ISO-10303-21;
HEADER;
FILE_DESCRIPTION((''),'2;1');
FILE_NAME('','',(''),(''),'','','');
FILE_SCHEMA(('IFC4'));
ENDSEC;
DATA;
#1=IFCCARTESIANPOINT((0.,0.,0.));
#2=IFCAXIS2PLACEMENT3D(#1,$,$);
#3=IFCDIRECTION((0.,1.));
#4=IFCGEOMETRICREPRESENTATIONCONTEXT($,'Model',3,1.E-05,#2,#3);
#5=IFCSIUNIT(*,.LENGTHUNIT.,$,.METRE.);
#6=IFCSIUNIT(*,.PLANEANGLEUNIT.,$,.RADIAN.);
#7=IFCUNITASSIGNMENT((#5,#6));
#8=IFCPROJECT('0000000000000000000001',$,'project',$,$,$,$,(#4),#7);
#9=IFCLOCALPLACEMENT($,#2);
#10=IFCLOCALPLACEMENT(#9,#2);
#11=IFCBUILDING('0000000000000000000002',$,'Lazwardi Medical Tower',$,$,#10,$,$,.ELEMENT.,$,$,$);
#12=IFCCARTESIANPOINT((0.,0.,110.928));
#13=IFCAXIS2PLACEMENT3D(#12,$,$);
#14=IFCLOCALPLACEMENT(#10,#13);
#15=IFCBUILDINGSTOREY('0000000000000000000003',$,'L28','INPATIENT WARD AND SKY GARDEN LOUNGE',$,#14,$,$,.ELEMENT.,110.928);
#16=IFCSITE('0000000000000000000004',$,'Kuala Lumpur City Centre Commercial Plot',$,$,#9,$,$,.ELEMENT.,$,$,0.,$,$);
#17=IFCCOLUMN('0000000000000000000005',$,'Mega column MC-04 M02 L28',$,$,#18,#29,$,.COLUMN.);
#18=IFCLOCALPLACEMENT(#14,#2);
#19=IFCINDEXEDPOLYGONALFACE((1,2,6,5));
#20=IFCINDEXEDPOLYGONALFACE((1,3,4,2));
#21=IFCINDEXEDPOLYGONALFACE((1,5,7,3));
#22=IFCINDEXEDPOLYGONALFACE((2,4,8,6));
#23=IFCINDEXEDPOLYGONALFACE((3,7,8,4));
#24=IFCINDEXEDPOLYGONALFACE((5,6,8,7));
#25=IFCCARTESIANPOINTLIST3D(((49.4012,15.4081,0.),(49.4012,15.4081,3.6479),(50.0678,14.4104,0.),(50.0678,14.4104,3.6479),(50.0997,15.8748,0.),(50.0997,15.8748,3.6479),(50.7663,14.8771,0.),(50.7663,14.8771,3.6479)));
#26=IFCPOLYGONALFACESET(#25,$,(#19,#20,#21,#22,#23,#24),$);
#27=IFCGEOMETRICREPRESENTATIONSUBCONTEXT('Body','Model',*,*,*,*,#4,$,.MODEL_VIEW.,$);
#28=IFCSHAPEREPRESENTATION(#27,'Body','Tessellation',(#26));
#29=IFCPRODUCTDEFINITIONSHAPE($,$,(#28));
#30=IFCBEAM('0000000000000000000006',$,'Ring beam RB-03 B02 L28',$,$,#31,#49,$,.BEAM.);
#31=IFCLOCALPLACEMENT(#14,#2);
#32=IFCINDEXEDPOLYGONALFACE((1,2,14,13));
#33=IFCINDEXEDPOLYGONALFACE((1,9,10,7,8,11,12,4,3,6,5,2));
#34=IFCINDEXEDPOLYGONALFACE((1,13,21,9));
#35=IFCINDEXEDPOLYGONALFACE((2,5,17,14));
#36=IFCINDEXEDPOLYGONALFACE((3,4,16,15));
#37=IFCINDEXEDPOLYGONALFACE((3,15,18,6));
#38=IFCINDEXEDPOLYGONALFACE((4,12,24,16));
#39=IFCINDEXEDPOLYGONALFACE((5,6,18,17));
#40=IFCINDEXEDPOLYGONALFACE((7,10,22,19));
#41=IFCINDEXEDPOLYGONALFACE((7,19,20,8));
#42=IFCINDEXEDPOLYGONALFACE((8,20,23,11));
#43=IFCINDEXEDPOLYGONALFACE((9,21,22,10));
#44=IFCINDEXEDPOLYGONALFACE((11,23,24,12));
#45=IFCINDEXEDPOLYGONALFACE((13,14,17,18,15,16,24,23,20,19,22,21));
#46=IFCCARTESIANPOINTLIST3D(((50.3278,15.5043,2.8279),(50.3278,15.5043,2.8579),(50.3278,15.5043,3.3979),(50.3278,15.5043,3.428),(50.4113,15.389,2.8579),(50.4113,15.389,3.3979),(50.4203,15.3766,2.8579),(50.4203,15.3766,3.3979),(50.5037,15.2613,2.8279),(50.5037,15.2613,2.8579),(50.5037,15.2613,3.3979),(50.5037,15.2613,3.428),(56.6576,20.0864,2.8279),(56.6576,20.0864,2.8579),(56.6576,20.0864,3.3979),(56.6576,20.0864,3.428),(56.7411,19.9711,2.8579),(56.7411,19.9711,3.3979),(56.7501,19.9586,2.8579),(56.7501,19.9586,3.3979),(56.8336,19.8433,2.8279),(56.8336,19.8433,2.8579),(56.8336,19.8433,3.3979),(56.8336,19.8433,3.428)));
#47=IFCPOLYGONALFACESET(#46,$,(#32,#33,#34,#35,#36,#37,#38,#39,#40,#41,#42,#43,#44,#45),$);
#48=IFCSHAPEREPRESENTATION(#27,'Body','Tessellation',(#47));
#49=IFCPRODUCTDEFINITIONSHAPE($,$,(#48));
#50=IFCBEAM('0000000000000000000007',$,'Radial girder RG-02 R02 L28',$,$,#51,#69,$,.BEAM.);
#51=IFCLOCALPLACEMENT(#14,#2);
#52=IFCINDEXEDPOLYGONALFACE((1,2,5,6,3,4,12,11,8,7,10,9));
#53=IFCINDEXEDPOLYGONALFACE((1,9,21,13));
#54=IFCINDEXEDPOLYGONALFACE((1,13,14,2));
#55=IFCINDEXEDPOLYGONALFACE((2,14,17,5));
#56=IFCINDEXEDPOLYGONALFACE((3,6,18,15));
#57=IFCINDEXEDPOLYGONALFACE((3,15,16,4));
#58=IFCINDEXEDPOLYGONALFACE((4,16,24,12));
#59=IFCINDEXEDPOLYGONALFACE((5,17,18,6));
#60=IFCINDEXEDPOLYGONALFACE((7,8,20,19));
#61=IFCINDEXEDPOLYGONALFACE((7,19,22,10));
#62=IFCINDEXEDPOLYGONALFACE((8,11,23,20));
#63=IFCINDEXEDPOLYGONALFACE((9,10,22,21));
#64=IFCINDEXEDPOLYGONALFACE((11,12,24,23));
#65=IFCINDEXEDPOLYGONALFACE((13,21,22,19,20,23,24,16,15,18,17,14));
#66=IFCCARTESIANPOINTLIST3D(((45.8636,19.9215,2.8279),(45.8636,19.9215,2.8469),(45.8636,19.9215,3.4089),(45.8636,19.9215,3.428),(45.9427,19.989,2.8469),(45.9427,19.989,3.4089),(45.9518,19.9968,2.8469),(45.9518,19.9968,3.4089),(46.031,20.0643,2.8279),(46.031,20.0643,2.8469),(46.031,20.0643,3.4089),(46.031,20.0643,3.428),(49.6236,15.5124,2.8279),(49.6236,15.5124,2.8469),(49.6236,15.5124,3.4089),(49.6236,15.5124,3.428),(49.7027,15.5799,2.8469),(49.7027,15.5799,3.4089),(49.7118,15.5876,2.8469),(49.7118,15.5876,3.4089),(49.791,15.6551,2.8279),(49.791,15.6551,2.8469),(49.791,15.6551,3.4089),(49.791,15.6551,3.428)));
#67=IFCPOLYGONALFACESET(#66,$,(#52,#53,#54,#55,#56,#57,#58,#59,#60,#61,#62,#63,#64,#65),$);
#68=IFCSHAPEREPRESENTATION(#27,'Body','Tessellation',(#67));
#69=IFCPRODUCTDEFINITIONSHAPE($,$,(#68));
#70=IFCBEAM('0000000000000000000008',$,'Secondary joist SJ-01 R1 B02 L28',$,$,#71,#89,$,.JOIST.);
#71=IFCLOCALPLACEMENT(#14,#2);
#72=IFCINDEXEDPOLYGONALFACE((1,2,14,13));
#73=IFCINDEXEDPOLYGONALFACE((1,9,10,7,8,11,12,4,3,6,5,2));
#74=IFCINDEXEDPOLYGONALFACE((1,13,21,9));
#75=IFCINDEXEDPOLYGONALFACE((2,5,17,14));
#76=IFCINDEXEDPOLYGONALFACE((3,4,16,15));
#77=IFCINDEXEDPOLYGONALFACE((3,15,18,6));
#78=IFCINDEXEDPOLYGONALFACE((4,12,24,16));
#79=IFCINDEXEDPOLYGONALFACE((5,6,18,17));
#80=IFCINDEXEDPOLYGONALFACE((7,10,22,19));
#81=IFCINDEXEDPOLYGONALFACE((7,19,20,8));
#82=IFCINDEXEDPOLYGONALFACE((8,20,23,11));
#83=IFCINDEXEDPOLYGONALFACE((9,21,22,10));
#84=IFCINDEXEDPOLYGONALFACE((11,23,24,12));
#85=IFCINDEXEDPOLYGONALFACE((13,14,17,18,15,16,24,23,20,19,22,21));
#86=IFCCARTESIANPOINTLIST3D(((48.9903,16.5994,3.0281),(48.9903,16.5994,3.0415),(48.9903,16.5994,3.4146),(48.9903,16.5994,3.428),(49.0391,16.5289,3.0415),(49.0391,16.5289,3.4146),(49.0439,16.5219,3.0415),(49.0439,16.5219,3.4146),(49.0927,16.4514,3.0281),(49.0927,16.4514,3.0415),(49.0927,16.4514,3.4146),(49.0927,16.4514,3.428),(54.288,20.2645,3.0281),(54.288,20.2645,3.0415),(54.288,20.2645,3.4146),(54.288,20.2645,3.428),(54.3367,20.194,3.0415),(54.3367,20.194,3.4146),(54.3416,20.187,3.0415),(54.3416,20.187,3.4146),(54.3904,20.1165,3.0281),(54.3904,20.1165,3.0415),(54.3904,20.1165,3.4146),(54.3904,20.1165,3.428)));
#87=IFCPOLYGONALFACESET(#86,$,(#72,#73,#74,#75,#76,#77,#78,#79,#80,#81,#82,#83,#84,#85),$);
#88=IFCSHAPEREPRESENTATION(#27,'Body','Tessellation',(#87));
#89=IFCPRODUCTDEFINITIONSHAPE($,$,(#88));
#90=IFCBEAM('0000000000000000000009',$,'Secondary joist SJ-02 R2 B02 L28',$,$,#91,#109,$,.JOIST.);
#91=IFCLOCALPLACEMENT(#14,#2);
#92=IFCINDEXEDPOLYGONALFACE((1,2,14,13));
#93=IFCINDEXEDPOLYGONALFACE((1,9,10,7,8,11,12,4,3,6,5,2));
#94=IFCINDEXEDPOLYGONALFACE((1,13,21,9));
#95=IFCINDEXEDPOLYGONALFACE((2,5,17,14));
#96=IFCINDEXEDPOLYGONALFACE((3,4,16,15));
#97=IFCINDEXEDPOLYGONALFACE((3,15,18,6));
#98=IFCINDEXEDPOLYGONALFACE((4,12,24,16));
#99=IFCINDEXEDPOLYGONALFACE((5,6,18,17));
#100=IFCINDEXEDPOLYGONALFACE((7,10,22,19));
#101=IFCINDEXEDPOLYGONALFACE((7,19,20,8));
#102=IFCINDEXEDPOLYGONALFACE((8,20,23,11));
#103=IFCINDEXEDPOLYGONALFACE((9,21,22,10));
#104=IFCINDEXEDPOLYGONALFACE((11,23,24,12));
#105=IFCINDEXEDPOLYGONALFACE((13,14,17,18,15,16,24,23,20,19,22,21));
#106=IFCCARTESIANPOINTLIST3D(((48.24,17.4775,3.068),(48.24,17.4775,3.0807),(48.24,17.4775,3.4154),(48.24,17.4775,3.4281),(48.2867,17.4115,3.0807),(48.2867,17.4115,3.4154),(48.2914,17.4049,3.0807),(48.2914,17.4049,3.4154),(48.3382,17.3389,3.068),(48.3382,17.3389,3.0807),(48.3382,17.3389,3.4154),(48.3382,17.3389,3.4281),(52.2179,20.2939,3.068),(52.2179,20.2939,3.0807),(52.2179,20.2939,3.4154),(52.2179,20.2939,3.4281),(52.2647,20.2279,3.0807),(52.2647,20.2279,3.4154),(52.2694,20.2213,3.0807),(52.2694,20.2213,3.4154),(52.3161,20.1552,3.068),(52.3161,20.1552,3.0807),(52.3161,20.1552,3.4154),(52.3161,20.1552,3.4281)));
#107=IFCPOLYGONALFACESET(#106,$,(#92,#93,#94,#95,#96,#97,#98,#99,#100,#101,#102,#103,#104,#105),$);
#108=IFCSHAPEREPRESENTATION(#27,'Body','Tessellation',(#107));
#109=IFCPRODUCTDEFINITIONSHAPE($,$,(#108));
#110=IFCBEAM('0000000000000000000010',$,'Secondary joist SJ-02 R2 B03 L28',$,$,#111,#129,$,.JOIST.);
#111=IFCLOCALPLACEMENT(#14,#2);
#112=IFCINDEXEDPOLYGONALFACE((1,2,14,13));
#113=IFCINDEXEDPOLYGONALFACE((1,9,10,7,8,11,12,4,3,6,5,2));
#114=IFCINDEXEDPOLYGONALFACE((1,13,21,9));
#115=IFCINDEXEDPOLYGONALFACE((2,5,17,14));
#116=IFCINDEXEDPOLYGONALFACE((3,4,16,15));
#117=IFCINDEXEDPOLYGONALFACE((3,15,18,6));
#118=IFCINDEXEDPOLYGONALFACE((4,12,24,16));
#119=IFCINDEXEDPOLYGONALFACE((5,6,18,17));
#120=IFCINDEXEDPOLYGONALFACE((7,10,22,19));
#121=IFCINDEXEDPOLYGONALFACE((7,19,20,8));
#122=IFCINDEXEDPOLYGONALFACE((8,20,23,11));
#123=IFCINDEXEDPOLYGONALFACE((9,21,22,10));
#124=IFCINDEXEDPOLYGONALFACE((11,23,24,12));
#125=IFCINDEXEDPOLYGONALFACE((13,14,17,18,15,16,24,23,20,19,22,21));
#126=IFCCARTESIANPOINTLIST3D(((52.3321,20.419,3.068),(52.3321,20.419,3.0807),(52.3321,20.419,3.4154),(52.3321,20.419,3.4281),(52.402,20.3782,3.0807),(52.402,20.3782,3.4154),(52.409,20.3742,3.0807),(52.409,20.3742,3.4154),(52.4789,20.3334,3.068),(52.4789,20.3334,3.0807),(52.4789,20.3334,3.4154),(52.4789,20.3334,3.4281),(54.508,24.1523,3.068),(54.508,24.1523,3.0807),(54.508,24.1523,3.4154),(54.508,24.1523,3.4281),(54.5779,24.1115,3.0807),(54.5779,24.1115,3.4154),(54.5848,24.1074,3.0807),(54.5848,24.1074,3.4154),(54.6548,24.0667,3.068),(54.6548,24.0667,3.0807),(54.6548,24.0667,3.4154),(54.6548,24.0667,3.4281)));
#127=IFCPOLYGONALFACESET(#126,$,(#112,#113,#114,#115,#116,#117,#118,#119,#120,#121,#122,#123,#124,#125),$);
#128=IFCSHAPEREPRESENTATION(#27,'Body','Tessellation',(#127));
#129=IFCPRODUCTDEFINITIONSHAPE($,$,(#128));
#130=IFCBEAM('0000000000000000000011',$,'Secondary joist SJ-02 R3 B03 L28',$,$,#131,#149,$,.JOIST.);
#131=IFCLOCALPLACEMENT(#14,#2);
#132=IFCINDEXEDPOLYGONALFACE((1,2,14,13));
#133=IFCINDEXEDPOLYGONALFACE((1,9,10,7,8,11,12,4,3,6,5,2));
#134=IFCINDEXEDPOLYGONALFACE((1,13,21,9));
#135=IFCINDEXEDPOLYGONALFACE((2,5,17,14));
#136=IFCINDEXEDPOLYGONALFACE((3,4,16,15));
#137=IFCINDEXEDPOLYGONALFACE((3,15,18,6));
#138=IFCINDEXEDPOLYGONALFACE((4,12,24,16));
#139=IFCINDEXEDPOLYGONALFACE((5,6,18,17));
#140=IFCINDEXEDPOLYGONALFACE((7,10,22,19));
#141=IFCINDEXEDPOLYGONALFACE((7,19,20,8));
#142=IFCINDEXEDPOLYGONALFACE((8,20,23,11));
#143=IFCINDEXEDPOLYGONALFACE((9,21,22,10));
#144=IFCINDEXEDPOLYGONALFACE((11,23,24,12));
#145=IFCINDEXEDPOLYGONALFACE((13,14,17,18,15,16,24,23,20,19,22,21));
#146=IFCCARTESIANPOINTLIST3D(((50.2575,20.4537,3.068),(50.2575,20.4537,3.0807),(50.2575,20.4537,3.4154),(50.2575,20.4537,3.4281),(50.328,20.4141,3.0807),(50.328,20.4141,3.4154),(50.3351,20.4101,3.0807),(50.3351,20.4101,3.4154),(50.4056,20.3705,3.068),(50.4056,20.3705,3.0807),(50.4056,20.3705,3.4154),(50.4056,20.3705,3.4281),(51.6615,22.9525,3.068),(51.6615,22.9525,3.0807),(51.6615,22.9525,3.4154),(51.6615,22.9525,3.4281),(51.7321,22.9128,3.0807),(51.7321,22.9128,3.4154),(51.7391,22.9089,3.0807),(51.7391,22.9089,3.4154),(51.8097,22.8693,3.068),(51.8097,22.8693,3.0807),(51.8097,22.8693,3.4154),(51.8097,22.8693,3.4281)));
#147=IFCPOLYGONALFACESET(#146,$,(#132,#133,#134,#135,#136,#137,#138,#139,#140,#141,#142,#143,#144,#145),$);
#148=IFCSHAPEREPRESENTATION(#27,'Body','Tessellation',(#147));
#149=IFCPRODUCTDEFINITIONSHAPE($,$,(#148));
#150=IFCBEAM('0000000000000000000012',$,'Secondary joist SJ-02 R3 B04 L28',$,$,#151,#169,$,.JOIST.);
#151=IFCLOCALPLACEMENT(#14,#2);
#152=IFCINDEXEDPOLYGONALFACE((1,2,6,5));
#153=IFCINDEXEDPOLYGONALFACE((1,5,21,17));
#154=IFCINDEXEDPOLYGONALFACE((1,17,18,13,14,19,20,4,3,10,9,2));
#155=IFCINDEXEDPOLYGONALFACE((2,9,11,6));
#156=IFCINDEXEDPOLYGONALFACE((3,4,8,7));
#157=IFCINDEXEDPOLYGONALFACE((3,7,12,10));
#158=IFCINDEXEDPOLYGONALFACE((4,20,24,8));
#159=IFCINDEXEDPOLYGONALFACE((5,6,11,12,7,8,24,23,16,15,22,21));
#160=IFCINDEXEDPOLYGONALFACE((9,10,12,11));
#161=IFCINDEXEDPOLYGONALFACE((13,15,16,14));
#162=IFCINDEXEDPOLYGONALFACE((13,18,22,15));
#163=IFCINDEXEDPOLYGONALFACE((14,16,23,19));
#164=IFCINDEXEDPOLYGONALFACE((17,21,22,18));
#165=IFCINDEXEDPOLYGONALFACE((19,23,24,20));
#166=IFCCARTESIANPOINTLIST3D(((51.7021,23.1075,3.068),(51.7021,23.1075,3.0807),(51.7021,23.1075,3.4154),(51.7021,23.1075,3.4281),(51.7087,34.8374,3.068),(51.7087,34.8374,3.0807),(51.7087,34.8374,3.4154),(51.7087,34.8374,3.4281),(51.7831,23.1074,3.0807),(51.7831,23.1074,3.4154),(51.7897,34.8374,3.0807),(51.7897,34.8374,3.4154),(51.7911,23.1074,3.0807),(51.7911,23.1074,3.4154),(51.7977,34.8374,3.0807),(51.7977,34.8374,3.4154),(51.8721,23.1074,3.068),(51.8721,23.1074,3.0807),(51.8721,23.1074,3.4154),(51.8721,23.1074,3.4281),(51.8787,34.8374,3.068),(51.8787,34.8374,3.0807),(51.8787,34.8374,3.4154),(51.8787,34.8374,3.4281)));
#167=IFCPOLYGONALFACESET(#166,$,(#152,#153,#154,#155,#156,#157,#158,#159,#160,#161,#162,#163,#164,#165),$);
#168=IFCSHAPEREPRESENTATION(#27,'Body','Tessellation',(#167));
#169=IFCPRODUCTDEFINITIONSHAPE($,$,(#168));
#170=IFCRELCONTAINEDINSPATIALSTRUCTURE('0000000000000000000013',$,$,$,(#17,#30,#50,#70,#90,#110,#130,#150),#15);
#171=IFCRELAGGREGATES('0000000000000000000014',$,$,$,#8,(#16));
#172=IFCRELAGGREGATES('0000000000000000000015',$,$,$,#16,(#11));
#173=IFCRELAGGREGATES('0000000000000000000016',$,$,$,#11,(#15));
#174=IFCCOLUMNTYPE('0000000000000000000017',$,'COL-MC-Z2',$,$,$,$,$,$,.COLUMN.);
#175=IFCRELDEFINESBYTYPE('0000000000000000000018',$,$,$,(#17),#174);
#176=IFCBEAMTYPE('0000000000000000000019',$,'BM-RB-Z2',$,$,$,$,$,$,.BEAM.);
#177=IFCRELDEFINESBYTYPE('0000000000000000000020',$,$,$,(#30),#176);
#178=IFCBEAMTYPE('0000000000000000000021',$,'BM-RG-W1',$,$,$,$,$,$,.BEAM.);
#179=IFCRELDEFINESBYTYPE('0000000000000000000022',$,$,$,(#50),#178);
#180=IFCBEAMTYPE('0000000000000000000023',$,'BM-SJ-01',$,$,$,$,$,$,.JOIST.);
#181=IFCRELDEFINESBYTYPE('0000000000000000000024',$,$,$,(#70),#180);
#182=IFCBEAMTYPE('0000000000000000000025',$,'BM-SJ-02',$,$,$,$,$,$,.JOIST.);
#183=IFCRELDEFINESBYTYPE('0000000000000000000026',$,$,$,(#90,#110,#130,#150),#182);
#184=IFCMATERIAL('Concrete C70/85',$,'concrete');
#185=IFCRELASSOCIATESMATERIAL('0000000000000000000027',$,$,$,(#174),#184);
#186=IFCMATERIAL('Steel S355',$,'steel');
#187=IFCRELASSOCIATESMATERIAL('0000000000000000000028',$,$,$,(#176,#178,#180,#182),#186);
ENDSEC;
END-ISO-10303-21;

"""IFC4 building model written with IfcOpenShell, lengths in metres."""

from ifc_helpers import new_model, si_unit, direction, frame, origin, origin_2d, place, context, subcontext, project, spatial, rectangle, i_section, extrude, material, material_profile, profile_set, type_object, element, save


model = new_model("IFC4")

# Units and contexts
model_context = context("Model", 3, precision=1e-05, world=origin(), true_north=direction((0.0, 1.0)))
body_context = subcontext(model_context, "Body", "Model", "MODEL_VIEW")
ifc_project = project(units=[si_unit("LENGTHUNIT", "METRE"), si_unit("PLANEANGLEUNIT", "RADIAN")], contexts=[model_context])

# Site, building, storey
site_placement = place(None, origin())
site = spatial("IfcSite", under=ifc_project, at=site_placement, Name="Kuala Lumpur City Centre Commercial Plot", CompositionType="ELEMENT", RefElevation=0.0)
building_placement = place(site_placement, origin())
building = spatial("IfcBuilding", under=site, at=building_placement, Name="Lazwardi Medical Tower", CompositionType="ELEMENT")
storey_placement = place(building_placement, frame((0.0, 0.0, 110.928)))
storey = spatial("IfcBuildingStorey", under=building, at=storey_placement, Name="L28", Description="INPATIENT WARD AND SKY GARDEN LOUNGE", CompositionType="ELEMENT", Elevation=110.928)

# Column
ifc_material_1 = material(Name="Concrete C70/85", Category="concrete")
ifc_material_profile_1 = material_profile(ifc_material_1, rectangle(XDim=1.2, YDim=0.8401, at=origin_2d()), Name="CFT-RECT 1200x840")
ifc_profile_set_1 = profile_set([ifc_material_profile_1], Name="Concrete C70/85")
column_type = type_object("IfcColumnType", Name="COL-MC-Z2", PredefinedType="COLUMN", material=ifc_profile_set_1)
column_placement = place(storey_placement, frame((50.0837, 15.1426, 0.0), z_axis=(0.0, 0.0, 1.0), x_axis=(0.55557, -0.83147, 0.0)))
element("IfcColumn", 1, at=column_placement, inside=storey, type_object=column_type, Name="Mega column MC-04 M02 L28", PredefinedType="COLUMN", context=body_context, shape_type="SweptSolid", body=[
    extrude(rectangle(XDim=1.2, YDim=0.8401, at=origin_2d()), origin(), (0.0, 0.0, 1.0), 3.6479),
])

# Beams
ifc_material_2 = material(Name="Steel S355", Category="steel")
ifc_material_profile_2 = material_profile(ifc_material_2, i_section(OverallWidth=0.3, OverallDepth=0.6001, WebThickness=0.0154, FlangeThickness=0.03, at=origin_2d()), Name="HEB 600")
ifc_profile_set_2 = profile_set([ifc_material_profile_2], Name="Steel S355")
beam_type_1 = type_object("IfcBeamType", Name="BM-RB-Z2", PredefinedType="BEAM", material=ifc_profile_set_2)
beam_1_placement = place(storey_placement, frame((50.4158, 15.3828, 3.1279), z_axis=(0.810042, 0.586372, 0.0), x_axis=(-0.586372, 0.810042, 0.0)))
element("IfcBeam", 2, at=beam_1_placement, inside=storey, type_object=beam_type_1, Name="Ring beam RB-03 B02 L28", PredefinedType="BEAM", context=body_context, shape_type="SweptSolid", body=[
    extrude(i_section(OverallWidth=0.3, OverallDepth=0.6001, WebThickness=0.0154, FlangeThickness=0.03, at=origin_2d()), origin(), (0.0, 0.0, 1.0), 7.8142),
])
ifc_material_profile_3 = material_profile(ifc_material_2, i_section(OverallWidth=0.22, OverallDepth=0.6001, WebThickness=0.012, FlangeThickness=0.019, at=origin_2d()), Name="IPE 600")
ifc_profile_set_3 = profile_set([ifc_material_profile_3], Name="Steel S355")
beam_type_2 = type_object("IfcBeamType", Name="BM-RG-W1", PredefinedType="BEAM", material=ifc_profile_set_3)
beam_2_placement = place(storey_placement, frame((49.7073, 15.5837, 3.1279), z_axis=(-0.648871, 0.760899, 0.0), x_axis=(-0.760899, -0.648871, 0.0)))
element("IfcBeam", 3, at=beam_2_placement, inside=storey, type_object=beam_type_2, Name="Radial girder RG-02 R02 L28", PredefinedType="BEAM", context=body_context, shape_type="SweptSolid", body=[
    extrude(i_section(OverallWidth=0.22, OverallDepth=0.6001, WebThickness=0.012, FlangeThickness=0.019, at=origin_2d()), origin(), (0.0, 0.0, 1.0), 5.7947),
])
ifc_material_profile_4 = material_profile(ifc_material_2, i_section(OverallWidth=0.1799, OverallDepth=0.3999, WebThickness=0.0085, FlangeThickness=0.0134, at=origin_2d()), Name="IPE 400")
ifc_profile_set_4 = profile_set([ifc_material_profile_4], Name="Steel S355")
beam_type_3 = type_object("IfcBeamType", Name="BM-SJ-01", PredefinedType="JOIST", material=ifc_profile_set_4)
beam_3_placement = place(storey_placement, frame((49.0415, 16.5254, 3.228), z_axis=(0.822376, 0.568944, 0.0), x_axis=(-0.568944, 0.822376, 0.0)))
element("IfcBeam", 4, at=beam_3_placement, inside=storey, type_object=beam_type_3, Name="Secondary joist SJ-01 R1 B02 L28", PredefinedType="JOIST", context=body_context, shape_type="SweptSolid", body=[
    extrude(i_section(OverallWidth=0.1799, OverallDepth=0.3999, WebThickness=0.0085, FlangeThickness=0.0134, at=origin_2d()), origin(), (0.0, 0.0, 1.0), 6.4419),
])
ifc_material_profile_5 = material_profile(ifc_material_2, i_section(OverallWidth=0.1699, OverallDepth=0.3601, WebThickness=0.0081, FlangeThickness=0.0127, at=origin_2d()), Name="IPE 360")
ifc_profile_set_5 = profile_set([ifc_material_profile_5], Name="Steel S355")
beam_type_4 = type_object("IfcBeamType", Name="BM-SJ-02", PredefinedType="JOIST", material=ifc_profile_set_5)
beam_4_placement = place(storey_placement, frame((48.2891, 17.4082, 3.248), z_axis=(0.816156, 0.577831, 0.0), x_axis=(-0.577831, 0.816156, 0.0)))
element("IfcBeam", 5, at=beam_4_placement, inside=storey, type_object=beam_type_4, Name="Secondary joist SJ-02 R2 B02 L28", PredefinedType="JOIST", context=body_context, shape_type="SweptSolid", body=[
    extrude(i_section(OverallWidth=0.1699, OverallDepth=0.3601, WebThickness=0.0081, FlangeThickness=0.0127, at=origin_2d()), origin(), (0.0, 0.0, 1.0), 4.874),
])
beam_5_placement = place(storey_placement, frame((52.4055, 20.3762, 3.248), z_axis=(0.503544, 0.863969, 0.0), x_axis=(-0.863969, 0.503544, 0.0)))
element("IfcBeam", 6, at=beam_5_placement, inside=storey, type_object=beam_type_4, Name="Secondary joist SJ-02 R2 B03 L28", PredefinedType="JOIST", context=body_context, shape_type="SweptSolid", body=[
    extrude(i_section(OverallWidth=0.1699, OverallDepth=0.3601, WebThickness=0.0081, FlangeThickness=0.0127, at=origin_2d()), origin(), (0.0, 0.0, 1.0), 4.321),
])
beam_6_placement = place(storey_placement, frame((50.3315, 20.4121, 3.248), z_axis=(0.489861, 0.871801, 0.0), x_axis=(-0.871801, 0.489861, 0.0)))
element("IfcBeam", 7, at=beam_6_placement, inside=storey, type_object=beam_type_4, Name="Secondary joist SJ-02 R3 B03 L28", PredefinedType="JOIST", context=body_context, shape_type="SweptSolid", body=[
    extrude(i_section(OverallWidth=0.1699, OverallDepth=0.3601, WebThickness=0.0081, FlangeThickness=0.0127, at=origin_2d()), origin(), (0.0, 0.0, 1.0), 2.8662),
])
beam_7_placement = place(storey_placement, frame((51.7871, 23.1074, 3.248), z_axis=(0.000562, 1.0, 0.0), x_axis=(-1.0, 0.000562, 0.0)))
element("IfcBeam", 8, at=beam_7_placement, inside=storey, type_object=beam_type_4, Name="Secondary joist SJ-02 R3 B04 L28", PredefinedType="JOIST", context=body_context, shape_type="SweptSolid", body=[
    extrude(i_section(OverallWidth=0.1699, OverallDepth=0.3601, WebThickness=0.0081, FlangeThickness=0.0127, at=origin_2d()), origin(), (0.0, 0.0, 1.0), 11.73),
])

save(model, "model.ifc")
